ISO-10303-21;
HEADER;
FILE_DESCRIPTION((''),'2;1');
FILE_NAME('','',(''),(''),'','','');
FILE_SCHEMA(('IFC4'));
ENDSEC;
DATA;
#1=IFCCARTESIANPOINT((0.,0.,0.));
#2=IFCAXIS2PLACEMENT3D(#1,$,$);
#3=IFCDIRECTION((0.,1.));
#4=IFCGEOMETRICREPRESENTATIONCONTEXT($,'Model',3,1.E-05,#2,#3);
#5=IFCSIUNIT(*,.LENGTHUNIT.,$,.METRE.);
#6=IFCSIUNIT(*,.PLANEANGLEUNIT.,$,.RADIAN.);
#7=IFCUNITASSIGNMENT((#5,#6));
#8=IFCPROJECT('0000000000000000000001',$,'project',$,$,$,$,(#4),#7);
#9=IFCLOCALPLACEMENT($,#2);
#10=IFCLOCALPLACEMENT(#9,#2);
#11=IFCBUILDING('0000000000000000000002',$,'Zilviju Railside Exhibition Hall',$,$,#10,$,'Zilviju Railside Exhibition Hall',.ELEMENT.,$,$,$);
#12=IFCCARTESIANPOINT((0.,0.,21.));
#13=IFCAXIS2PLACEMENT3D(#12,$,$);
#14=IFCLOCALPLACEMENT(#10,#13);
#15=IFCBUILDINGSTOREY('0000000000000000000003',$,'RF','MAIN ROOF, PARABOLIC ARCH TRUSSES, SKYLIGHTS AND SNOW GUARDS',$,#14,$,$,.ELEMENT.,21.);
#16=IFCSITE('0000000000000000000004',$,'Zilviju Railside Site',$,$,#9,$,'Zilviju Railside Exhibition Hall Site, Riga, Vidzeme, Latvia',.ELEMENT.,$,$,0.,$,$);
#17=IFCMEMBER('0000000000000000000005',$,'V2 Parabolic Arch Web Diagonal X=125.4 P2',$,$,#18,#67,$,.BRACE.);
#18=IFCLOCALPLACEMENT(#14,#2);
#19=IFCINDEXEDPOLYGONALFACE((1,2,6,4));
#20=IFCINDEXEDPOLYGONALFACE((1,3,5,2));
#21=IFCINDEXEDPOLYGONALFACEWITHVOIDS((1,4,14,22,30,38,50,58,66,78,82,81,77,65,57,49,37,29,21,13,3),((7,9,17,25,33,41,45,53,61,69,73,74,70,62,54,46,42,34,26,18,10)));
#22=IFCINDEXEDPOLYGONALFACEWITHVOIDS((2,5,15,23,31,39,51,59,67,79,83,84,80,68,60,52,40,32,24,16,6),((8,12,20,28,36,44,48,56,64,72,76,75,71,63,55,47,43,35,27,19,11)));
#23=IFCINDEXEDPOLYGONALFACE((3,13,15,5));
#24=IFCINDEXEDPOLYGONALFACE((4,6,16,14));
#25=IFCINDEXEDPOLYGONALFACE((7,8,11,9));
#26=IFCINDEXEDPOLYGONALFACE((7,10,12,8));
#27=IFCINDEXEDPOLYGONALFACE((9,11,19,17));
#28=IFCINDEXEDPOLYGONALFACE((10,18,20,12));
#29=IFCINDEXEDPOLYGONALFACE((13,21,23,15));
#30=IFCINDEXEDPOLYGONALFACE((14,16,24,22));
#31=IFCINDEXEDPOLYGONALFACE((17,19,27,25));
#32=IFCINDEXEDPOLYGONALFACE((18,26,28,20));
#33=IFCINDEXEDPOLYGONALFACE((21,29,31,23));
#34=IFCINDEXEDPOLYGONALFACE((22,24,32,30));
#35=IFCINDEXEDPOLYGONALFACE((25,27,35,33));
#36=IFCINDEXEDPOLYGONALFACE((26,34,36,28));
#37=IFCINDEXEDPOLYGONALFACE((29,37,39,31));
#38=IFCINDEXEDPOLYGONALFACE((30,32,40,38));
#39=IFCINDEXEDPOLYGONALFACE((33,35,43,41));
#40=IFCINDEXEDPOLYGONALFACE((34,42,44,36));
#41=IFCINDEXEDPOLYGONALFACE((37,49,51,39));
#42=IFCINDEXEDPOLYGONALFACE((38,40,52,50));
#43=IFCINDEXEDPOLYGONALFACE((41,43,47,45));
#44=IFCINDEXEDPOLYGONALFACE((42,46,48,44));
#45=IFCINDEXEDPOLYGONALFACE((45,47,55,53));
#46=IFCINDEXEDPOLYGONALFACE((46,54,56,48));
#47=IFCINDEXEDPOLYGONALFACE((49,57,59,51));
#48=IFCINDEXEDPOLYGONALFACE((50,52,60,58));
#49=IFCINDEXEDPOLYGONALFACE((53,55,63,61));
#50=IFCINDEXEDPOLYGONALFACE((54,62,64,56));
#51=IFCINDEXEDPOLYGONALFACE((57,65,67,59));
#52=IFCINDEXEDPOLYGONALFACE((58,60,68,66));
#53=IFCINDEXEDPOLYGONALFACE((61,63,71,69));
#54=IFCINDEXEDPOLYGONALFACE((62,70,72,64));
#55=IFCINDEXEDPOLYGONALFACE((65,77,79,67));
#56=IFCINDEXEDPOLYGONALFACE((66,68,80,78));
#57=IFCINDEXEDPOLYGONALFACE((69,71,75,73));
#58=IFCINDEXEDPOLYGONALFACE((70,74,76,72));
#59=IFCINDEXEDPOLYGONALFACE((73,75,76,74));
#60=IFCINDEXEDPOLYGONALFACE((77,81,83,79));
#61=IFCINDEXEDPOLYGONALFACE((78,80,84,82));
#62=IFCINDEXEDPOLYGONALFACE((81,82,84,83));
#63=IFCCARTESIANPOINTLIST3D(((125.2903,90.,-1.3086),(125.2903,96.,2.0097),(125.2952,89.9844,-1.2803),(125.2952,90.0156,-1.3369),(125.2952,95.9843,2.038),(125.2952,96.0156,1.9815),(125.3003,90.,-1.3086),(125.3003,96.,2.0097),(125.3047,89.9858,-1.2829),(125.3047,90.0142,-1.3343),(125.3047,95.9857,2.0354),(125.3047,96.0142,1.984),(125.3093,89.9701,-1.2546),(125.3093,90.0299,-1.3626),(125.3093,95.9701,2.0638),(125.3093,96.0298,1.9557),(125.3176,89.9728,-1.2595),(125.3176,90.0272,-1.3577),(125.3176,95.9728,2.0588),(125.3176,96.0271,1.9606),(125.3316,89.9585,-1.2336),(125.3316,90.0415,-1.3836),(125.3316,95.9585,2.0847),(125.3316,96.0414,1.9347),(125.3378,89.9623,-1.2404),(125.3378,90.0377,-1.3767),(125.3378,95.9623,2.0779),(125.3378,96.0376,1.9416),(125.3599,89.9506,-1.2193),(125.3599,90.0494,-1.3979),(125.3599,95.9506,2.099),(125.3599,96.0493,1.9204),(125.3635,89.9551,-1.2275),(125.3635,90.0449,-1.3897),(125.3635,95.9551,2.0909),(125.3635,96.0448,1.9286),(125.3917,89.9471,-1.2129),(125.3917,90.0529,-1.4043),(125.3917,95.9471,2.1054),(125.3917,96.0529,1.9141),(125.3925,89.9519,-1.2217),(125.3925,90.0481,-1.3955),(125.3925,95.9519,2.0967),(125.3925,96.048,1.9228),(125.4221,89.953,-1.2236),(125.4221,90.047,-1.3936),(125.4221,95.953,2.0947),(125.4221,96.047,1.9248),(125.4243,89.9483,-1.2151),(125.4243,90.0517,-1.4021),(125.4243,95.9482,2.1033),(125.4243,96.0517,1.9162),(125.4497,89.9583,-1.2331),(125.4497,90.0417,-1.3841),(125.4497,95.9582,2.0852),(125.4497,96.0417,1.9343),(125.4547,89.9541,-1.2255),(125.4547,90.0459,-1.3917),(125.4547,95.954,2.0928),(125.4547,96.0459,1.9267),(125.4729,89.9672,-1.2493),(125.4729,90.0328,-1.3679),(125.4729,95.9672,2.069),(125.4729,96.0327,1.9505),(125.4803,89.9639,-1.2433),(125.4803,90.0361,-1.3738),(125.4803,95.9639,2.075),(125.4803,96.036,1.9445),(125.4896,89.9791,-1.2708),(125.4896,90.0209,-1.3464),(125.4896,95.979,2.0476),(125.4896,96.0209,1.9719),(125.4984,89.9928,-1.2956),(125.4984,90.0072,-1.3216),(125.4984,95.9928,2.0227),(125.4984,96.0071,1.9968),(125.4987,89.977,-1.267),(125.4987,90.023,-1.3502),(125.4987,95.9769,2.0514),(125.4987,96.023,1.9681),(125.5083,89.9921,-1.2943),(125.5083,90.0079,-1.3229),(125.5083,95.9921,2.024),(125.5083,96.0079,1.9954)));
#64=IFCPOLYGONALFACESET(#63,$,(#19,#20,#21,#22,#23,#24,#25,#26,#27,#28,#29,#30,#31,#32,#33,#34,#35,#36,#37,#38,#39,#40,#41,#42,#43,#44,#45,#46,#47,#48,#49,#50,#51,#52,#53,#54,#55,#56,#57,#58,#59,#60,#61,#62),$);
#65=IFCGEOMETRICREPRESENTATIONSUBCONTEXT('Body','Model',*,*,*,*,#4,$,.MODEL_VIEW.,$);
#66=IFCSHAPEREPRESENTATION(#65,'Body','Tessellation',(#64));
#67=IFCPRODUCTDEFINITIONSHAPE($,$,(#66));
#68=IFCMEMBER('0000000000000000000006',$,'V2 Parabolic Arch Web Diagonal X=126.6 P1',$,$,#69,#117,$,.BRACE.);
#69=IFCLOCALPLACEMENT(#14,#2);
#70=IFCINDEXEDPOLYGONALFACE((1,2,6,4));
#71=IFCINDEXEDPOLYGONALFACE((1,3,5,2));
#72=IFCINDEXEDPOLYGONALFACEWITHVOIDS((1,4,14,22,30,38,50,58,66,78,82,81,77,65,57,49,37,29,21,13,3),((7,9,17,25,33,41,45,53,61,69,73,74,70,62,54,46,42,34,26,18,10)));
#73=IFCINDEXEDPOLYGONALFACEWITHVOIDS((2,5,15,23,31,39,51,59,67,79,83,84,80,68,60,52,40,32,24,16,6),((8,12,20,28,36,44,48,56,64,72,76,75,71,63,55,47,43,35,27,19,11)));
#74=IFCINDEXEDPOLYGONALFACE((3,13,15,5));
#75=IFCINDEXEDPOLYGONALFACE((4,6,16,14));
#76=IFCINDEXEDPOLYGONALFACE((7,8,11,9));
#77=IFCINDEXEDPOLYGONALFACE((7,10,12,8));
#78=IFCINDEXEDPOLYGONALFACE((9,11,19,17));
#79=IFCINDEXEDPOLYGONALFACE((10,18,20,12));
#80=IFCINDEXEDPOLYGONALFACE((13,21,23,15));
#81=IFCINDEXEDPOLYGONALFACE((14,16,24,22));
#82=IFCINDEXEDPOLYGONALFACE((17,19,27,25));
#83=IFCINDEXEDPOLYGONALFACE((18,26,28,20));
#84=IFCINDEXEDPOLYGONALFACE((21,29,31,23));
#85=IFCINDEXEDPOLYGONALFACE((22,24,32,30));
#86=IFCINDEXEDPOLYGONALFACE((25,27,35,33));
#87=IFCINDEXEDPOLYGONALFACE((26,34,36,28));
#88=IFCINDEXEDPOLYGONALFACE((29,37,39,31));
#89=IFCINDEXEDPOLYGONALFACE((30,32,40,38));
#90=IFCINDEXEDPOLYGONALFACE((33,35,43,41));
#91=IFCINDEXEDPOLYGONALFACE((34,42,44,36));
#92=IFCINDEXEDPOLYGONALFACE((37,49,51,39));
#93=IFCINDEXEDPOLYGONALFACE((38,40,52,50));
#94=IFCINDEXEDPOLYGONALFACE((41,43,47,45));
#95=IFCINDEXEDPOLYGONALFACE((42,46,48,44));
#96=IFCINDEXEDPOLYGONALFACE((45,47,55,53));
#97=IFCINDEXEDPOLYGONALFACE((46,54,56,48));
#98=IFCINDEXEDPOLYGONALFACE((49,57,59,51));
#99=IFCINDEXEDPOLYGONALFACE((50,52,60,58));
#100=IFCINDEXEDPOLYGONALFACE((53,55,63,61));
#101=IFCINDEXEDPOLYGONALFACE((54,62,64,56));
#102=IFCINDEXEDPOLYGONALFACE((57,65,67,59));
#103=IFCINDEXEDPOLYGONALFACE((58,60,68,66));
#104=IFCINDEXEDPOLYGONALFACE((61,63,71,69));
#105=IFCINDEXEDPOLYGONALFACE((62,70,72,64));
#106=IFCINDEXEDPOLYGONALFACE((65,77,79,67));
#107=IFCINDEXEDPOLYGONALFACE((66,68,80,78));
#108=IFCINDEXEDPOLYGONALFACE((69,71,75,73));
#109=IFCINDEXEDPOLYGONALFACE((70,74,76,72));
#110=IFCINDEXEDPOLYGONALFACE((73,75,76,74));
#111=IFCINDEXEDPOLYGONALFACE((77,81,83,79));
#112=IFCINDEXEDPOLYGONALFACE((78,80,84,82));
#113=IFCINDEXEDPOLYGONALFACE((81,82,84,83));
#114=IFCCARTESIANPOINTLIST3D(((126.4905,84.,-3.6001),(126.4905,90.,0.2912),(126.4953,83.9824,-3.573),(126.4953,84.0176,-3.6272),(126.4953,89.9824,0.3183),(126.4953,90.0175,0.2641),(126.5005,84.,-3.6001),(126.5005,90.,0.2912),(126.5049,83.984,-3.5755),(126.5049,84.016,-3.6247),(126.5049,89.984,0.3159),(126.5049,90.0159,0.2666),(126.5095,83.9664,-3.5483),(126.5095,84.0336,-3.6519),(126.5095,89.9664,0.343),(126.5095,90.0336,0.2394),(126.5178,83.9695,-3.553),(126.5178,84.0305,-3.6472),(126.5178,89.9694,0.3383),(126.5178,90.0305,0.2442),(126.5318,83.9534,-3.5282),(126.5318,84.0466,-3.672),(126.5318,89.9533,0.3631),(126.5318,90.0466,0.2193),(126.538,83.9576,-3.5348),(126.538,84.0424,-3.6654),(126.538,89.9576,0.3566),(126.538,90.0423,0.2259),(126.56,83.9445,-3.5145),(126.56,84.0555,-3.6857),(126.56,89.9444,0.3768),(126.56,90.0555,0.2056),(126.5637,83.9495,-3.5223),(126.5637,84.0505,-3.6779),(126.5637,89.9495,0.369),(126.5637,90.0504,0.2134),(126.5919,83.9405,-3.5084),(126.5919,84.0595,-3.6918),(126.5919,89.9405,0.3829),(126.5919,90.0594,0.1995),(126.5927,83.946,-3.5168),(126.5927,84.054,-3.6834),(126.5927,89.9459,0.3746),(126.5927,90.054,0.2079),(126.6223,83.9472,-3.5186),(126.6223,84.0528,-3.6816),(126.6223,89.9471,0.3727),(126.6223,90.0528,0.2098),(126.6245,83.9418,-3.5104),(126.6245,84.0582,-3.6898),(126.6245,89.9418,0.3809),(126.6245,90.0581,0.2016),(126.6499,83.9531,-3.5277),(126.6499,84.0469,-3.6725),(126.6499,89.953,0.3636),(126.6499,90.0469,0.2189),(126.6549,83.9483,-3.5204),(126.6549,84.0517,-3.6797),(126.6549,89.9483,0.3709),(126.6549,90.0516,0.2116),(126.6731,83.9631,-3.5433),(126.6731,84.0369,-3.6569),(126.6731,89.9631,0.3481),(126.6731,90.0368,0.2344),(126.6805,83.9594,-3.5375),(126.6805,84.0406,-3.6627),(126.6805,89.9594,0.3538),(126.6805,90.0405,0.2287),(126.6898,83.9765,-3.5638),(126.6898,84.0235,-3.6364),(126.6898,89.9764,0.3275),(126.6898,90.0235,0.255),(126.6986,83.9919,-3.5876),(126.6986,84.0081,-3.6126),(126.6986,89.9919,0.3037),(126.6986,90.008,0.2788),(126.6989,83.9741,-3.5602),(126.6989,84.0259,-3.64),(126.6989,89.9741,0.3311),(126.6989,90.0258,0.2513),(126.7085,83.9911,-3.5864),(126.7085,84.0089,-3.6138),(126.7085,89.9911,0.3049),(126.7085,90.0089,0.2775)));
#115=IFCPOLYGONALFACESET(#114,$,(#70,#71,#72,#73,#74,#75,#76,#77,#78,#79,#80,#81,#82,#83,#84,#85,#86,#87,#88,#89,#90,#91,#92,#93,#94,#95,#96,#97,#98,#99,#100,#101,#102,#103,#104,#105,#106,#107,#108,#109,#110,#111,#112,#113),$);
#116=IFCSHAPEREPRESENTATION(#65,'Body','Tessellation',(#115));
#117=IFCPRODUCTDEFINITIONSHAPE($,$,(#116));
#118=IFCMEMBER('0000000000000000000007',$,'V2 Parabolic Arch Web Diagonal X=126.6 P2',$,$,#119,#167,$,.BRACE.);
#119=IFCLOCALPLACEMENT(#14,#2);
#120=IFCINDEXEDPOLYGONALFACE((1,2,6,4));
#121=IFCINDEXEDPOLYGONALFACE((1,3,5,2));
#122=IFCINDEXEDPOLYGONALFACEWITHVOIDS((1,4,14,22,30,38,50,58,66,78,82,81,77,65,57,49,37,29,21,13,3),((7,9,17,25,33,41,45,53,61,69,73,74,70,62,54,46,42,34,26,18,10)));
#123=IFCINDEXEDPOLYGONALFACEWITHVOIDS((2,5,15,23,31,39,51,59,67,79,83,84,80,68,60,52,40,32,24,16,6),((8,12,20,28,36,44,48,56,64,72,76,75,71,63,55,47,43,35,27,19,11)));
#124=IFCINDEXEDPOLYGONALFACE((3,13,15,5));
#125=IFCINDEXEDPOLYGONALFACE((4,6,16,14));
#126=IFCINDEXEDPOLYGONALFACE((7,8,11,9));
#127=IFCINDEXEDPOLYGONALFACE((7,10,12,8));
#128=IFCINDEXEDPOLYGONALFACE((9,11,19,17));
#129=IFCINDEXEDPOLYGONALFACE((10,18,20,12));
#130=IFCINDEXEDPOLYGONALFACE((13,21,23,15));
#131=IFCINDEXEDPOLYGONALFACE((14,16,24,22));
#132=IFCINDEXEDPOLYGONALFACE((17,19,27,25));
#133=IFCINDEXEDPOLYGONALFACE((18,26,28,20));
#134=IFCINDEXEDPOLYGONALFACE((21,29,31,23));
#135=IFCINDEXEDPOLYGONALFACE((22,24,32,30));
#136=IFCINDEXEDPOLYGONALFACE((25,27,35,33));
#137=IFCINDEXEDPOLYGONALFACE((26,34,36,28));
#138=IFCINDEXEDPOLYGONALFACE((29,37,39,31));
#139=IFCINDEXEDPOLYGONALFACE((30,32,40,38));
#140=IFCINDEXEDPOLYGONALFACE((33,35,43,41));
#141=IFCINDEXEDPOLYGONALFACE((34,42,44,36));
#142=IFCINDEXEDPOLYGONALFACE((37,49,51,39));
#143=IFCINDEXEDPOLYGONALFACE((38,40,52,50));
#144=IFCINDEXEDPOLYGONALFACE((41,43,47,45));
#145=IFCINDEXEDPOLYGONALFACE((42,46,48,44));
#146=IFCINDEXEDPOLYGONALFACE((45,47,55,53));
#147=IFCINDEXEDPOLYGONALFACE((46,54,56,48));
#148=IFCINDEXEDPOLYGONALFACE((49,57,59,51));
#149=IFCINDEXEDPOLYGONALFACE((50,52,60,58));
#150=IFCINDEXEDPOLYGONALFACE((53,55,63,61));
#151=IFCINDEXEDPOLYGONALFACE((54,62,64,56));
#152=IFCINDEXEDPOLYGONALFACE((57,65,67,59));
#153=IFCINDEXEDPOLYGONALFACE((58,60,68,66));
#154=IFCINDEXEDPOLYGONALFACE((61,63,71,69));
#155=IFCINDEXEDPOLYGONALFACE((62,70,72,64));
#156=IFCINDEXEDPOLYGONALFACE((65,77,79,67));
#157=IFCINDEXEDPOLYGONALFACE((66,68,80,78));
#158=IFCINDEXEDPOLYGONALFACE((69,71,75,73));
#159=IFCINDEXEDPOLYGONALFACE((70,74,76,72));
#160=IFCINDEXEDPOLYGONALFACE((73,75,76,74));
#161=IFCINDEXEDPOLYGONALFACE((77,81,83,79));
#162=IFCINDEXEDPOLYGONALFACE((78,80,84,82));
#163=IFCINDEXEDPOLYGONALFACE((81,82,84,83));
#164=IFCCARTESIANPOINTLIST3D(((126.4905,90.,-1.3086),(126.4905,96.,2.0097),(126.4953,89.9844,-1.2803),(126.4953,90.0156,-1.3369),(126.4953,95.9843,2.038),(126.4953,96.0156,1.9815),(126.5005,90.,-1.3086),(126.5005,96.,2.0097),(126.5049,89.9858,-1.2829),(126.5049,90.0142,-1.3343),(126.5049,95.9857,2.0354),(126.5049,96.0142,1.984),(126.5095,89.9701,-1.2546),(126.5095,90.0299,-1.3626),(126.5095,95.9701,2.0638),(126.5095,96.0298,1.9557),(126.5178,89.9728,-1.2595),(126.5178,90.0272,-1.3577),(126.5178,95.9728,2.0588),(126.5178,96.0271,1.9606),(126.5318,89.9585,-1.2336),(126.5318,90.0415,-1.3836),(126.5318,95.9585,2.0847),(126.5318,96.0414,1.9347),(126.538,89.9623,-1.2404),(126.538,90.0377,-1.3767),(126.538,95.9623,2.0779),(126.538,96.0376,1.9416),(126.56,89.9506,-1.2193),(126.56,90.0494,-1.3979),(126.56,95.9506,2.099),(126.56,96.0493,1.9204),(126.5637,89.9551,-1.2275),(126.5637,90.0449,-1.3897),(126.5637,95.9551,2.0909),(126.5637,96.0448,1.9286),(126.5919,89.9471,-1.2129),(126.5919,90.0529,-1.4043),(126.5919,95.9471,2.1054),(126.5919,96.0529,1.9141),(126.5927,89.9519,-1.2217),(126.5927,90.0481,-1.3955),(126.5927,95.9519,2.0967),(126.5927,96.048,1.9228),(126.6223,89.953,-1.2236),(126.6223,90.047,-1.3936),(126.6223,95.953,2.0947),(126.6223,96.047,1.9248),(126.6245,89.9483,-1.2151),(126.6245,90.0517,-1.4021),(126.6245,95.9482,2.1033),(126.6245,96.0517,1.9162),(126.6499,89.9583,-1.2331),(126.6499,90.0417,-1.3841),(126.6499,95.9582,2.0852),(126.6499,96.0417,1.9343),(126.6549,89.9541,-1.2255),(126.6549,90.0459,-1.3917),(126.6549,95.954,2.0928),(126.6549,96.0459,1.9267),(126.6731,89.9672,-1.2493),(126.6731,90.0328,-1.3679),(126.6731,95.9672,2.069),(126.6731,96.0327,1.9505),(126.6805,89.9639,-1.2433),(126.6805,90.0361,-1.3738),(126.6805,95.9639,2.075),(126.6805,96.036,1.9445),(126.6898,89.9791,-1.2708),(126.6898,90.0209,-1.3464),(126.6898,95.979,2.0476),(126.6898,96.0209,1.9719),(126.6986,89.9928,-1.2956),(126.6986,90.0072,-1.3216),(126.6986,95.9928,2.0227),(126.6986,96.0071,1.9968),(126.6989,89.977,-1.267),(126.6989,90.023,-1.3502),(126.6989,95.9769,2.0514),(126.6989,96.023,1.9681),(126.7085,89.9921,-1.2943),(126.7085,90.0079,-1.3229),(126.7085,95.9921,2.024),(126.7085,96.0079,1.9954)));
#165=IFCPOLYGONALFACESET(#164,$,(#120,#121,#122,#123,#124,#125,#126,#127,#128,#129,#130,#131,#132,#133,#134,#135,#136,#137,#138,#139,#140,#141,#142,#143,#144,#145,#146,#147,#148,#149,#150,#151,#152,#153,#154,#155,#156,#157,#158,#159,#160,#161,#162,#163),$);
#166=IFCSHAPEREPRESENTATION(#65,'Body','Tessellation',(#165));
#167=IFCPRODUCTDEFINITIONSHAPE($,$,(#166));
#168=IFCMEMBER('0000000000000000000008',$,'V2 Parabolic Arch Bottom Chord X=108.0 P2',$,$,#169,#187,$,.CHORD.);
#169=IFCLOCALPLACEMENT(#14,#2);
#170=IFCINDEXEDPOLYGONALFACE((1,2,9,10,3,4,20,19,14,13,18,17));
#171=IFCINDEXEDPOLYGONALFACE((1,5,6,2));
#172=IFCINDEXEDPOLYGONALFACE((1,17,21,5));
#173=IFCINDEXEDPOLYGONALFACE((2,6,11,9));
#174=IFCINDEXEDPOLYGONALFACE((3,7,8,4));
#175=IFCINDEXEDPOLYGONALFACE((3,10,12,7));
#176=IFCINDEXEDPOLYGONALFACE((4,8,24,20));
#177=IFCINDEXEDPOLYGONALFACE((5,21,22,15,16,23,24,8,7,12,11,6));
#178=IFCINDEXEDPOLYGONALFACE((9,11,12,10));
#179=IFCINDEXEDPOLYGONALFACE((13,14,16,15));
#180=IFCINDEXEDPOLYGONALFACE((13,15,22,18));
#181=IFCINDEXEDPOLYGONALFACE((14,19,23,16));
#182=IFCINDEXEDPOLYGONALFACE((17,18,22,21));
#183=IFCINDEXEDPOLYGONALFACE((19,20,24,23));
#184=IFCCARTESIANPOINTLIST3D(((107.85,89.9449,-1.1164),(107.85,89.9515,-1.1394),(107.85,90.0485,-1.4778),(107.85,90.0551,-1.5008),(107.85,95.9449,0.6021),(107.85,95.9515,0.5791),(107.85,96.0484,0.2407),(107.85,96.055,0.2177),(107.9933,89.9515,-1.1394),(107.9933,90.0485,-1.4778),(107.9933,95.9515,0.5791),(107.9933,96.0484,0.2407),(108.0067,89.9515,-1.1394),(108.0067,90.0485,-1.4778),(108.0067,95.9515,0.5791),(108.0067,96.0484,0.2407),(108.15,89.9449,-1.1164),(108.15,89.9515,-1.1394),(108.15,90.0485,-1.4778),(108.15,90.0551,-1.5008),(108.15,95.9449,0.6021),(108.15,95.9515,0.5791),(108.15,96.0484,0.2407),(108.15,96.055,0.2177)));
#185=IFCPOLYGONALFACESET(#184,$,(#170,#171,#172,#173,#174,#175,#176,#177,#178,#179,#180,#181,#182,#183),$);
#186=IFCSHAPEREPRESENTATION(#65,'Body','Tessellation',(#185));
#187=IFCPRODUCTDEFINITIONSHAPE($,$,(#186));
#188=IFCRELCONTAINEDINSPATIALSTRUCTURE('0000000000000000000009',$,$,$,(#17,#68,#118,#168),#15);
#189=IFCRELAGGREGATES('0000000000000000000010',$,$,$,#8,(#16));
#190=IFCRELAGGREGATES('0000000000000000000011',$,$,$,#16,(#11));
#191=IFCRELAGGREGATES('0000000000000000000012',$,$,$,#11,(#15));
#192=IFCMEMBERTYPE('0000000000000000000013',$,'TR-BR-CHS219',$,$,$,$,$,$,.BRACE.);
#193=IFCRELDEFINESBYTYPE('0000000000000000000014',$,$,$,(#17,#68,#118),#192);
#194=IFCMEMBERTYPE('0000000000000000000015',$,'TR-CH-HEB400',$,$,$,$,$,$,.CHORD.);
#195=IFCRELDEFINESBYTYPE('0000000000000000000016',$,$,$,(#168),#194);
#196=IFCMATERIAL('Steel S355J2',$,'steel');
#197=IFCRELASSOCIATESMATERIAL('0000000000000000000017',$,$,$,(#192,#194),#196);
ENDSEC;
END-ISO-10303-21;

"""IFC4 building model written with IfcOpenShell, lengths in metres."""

from ifc_helpers import new_model, si_unit, direction, frame, origin, origin_2d, place, context, subcontext, project, spatial, hollow_circle, i_section, extrude, material, material_profile, profile_set, type_object, element, save


model = new_model("IFC4")

# Units and contexts
model_context = context("Model", 3, precision=1e-05, world=origin(), true_north=direction((0.0, 1.0)))
body_context = subcontext(model_context, "Body", "Model", "MODEL_VIEW")
ifc_project = project(units=[si_unit("LENGTHUNIT", "METRE"), si_unit("PLANEANGLEUNIT", "RADIAN")], contexts=[model_context])

# Site, building, storey
site_placement = place(None, origin())
site = spatial("IfcSite", under=ifc_project, at=site_placement, Name="Zilviju Railside Site", LongName="Zilviju Railside Exhibition Hall Site, Riga, Vidzeme, Latvia", CompositionType="ELEMENT", RefElevation=0.0)
building_placement = place(site_placement, origin())
building = spatial("IfcBuilding", under=site, at=building_placement, Name="Zilviju Railside Exhibition Hall", LongName="Zilviju Railside Exhibition Hall", CompositionType="ELEMENT")
storey_placement = place(building_placement, frame((0.0, 0.0, 21.0)))
storey = spatial("IfcBuildingStorey", under=building, at=storey_placement, Name="RF", Description="MAIN ROOF, PARABOLIC ARCH TRUSSES, SKYLIGHTS AND SNOW GUARDS", CompositionType="ELEMENT", Elevation=21.0)

# Members
ifc_material_1 = material(Name="Steel S355J2", Category="steel")
ifc_material_profile_1 = material_profile(ifc_material_1, hollow_circle(Radius=0.1096, WallThickness=0.01, at=origin_2d()), Name="CHS 219.1x10.0")
ifc_profile_set_1 = profile_set([ifc_material_profile_1], Name="Steel S355J2")
member_type_1 = type_object("IfcMemberType", Name="TR-BR-CHS219", PredefinedType="BRACE", material=ifc_profile_set_1)
for number, where, z_axis, x_axis, name in (
    (1, (125.3999, 90.0, -1.3086), (0.0, 0.875083, 0.483973), (-1.0, 0.0, 0.0), "V2 Parabolic Arch Web Diagonal X=125.4 P2"),
):
    element("IfcMember", number, at=place(storey_placement, frame(where, z_axis=z_axis, x_axis=x_axis)), inside=storey, type_object=member_type_1, Name=name, PredefinedType="BRACE", context=body_context, shape_type="SweptSolid", body=[
        extrude(hollow_circle(Radius=0.1096, WallThickness=0.01, at=origin_2d()), origin(), (0.0, 0.0, 1.0), 6.8564),
    ])
member_1_placement = place(storey_placement, frame((126.6001, 84.0, -3.6001), z_axis=(0.0, 0.838995, 0.544139), x_axis=(-1.0, 0.0, 0.0)))
element("IfcMember", 2, at=member_1_placement, inside=storey, type_object=member_type_1, Name="V2 Parabolic Arch Web Diagonal X=126.6 P1", PredefinedType="BRACE", context=body_context, shape_type="SweptSolid", body=[
    extrude(hollow_circle(Radius=0.1096, WallThickness=0.01, at=origin_2d()), origin(), (0.0, 0.0, 1.0), 7.1514),
])
member_2_placement = place(storey_placement, frame((126.6001, 90.0, -1.3086), z_axis=(0.0, 0.875083, 0.483973), x_axis=(-1.0, 0.0, 0.0)))
element("IfcMember", 3, at=member_2_placement, inside=storey, type_object=member_type_1, Name="V2 Parabolic Arch Web Diagonal X=126.6 P2", PredefinedType="BRACE", context=body_context, shape_type="SweptSolid", body=[
    extrude(hollow_circle(Radius=0.1096, WallThickness=0.01, at=origin_2d()), origin(), (0.0, 0.0, 1.0), 6.8564),
])
ifc_material_profile_2 = material_profile(ifc_material_1, i_section(OverallWidth=0.3, OverallDepth=0.3999, WebThickness=0.0134, FlangeThickness=0.0239, at=origin_2d()), Name="HEB 400")
ifc_profile_set_2 = profile_set([ifc_material_profile_2], Name="Steel S355J2")
member_type_2 = type_object("IfcMemberType", Name="TR-CH-HEB400", PredefinedType="CHORD", material=ifc_profile_set_2)
for number, where, z_axis, x_axis, name in (
    (4, (108.0, 90.0, -1.3086), (0.0, 0.961345, 0.275346), (-1.0, 0.0, 0.0), "V2 Parabolic Arch Bottom Chord X=108.0 P2"),
):
    element("IfcMember", number, at=place(storey_placement, frame(where, z_axis=z_axis, x_axis=x_axis)), inside=storey, type_object=member_type_2, Name=name, PredefinedType="CHORD", context=body_context, shape_type="SweptSolid", body=[
        extrude(i_section(OverallWidth=0.3, OverallDepth=0.3999, WebThickness=0.0134, FlangeThickness=0.0239, at=origin_2d()), origin(), (0.0, 0.0, 1.0), 6.2412),
    ])

save(model, "model.ifc")
